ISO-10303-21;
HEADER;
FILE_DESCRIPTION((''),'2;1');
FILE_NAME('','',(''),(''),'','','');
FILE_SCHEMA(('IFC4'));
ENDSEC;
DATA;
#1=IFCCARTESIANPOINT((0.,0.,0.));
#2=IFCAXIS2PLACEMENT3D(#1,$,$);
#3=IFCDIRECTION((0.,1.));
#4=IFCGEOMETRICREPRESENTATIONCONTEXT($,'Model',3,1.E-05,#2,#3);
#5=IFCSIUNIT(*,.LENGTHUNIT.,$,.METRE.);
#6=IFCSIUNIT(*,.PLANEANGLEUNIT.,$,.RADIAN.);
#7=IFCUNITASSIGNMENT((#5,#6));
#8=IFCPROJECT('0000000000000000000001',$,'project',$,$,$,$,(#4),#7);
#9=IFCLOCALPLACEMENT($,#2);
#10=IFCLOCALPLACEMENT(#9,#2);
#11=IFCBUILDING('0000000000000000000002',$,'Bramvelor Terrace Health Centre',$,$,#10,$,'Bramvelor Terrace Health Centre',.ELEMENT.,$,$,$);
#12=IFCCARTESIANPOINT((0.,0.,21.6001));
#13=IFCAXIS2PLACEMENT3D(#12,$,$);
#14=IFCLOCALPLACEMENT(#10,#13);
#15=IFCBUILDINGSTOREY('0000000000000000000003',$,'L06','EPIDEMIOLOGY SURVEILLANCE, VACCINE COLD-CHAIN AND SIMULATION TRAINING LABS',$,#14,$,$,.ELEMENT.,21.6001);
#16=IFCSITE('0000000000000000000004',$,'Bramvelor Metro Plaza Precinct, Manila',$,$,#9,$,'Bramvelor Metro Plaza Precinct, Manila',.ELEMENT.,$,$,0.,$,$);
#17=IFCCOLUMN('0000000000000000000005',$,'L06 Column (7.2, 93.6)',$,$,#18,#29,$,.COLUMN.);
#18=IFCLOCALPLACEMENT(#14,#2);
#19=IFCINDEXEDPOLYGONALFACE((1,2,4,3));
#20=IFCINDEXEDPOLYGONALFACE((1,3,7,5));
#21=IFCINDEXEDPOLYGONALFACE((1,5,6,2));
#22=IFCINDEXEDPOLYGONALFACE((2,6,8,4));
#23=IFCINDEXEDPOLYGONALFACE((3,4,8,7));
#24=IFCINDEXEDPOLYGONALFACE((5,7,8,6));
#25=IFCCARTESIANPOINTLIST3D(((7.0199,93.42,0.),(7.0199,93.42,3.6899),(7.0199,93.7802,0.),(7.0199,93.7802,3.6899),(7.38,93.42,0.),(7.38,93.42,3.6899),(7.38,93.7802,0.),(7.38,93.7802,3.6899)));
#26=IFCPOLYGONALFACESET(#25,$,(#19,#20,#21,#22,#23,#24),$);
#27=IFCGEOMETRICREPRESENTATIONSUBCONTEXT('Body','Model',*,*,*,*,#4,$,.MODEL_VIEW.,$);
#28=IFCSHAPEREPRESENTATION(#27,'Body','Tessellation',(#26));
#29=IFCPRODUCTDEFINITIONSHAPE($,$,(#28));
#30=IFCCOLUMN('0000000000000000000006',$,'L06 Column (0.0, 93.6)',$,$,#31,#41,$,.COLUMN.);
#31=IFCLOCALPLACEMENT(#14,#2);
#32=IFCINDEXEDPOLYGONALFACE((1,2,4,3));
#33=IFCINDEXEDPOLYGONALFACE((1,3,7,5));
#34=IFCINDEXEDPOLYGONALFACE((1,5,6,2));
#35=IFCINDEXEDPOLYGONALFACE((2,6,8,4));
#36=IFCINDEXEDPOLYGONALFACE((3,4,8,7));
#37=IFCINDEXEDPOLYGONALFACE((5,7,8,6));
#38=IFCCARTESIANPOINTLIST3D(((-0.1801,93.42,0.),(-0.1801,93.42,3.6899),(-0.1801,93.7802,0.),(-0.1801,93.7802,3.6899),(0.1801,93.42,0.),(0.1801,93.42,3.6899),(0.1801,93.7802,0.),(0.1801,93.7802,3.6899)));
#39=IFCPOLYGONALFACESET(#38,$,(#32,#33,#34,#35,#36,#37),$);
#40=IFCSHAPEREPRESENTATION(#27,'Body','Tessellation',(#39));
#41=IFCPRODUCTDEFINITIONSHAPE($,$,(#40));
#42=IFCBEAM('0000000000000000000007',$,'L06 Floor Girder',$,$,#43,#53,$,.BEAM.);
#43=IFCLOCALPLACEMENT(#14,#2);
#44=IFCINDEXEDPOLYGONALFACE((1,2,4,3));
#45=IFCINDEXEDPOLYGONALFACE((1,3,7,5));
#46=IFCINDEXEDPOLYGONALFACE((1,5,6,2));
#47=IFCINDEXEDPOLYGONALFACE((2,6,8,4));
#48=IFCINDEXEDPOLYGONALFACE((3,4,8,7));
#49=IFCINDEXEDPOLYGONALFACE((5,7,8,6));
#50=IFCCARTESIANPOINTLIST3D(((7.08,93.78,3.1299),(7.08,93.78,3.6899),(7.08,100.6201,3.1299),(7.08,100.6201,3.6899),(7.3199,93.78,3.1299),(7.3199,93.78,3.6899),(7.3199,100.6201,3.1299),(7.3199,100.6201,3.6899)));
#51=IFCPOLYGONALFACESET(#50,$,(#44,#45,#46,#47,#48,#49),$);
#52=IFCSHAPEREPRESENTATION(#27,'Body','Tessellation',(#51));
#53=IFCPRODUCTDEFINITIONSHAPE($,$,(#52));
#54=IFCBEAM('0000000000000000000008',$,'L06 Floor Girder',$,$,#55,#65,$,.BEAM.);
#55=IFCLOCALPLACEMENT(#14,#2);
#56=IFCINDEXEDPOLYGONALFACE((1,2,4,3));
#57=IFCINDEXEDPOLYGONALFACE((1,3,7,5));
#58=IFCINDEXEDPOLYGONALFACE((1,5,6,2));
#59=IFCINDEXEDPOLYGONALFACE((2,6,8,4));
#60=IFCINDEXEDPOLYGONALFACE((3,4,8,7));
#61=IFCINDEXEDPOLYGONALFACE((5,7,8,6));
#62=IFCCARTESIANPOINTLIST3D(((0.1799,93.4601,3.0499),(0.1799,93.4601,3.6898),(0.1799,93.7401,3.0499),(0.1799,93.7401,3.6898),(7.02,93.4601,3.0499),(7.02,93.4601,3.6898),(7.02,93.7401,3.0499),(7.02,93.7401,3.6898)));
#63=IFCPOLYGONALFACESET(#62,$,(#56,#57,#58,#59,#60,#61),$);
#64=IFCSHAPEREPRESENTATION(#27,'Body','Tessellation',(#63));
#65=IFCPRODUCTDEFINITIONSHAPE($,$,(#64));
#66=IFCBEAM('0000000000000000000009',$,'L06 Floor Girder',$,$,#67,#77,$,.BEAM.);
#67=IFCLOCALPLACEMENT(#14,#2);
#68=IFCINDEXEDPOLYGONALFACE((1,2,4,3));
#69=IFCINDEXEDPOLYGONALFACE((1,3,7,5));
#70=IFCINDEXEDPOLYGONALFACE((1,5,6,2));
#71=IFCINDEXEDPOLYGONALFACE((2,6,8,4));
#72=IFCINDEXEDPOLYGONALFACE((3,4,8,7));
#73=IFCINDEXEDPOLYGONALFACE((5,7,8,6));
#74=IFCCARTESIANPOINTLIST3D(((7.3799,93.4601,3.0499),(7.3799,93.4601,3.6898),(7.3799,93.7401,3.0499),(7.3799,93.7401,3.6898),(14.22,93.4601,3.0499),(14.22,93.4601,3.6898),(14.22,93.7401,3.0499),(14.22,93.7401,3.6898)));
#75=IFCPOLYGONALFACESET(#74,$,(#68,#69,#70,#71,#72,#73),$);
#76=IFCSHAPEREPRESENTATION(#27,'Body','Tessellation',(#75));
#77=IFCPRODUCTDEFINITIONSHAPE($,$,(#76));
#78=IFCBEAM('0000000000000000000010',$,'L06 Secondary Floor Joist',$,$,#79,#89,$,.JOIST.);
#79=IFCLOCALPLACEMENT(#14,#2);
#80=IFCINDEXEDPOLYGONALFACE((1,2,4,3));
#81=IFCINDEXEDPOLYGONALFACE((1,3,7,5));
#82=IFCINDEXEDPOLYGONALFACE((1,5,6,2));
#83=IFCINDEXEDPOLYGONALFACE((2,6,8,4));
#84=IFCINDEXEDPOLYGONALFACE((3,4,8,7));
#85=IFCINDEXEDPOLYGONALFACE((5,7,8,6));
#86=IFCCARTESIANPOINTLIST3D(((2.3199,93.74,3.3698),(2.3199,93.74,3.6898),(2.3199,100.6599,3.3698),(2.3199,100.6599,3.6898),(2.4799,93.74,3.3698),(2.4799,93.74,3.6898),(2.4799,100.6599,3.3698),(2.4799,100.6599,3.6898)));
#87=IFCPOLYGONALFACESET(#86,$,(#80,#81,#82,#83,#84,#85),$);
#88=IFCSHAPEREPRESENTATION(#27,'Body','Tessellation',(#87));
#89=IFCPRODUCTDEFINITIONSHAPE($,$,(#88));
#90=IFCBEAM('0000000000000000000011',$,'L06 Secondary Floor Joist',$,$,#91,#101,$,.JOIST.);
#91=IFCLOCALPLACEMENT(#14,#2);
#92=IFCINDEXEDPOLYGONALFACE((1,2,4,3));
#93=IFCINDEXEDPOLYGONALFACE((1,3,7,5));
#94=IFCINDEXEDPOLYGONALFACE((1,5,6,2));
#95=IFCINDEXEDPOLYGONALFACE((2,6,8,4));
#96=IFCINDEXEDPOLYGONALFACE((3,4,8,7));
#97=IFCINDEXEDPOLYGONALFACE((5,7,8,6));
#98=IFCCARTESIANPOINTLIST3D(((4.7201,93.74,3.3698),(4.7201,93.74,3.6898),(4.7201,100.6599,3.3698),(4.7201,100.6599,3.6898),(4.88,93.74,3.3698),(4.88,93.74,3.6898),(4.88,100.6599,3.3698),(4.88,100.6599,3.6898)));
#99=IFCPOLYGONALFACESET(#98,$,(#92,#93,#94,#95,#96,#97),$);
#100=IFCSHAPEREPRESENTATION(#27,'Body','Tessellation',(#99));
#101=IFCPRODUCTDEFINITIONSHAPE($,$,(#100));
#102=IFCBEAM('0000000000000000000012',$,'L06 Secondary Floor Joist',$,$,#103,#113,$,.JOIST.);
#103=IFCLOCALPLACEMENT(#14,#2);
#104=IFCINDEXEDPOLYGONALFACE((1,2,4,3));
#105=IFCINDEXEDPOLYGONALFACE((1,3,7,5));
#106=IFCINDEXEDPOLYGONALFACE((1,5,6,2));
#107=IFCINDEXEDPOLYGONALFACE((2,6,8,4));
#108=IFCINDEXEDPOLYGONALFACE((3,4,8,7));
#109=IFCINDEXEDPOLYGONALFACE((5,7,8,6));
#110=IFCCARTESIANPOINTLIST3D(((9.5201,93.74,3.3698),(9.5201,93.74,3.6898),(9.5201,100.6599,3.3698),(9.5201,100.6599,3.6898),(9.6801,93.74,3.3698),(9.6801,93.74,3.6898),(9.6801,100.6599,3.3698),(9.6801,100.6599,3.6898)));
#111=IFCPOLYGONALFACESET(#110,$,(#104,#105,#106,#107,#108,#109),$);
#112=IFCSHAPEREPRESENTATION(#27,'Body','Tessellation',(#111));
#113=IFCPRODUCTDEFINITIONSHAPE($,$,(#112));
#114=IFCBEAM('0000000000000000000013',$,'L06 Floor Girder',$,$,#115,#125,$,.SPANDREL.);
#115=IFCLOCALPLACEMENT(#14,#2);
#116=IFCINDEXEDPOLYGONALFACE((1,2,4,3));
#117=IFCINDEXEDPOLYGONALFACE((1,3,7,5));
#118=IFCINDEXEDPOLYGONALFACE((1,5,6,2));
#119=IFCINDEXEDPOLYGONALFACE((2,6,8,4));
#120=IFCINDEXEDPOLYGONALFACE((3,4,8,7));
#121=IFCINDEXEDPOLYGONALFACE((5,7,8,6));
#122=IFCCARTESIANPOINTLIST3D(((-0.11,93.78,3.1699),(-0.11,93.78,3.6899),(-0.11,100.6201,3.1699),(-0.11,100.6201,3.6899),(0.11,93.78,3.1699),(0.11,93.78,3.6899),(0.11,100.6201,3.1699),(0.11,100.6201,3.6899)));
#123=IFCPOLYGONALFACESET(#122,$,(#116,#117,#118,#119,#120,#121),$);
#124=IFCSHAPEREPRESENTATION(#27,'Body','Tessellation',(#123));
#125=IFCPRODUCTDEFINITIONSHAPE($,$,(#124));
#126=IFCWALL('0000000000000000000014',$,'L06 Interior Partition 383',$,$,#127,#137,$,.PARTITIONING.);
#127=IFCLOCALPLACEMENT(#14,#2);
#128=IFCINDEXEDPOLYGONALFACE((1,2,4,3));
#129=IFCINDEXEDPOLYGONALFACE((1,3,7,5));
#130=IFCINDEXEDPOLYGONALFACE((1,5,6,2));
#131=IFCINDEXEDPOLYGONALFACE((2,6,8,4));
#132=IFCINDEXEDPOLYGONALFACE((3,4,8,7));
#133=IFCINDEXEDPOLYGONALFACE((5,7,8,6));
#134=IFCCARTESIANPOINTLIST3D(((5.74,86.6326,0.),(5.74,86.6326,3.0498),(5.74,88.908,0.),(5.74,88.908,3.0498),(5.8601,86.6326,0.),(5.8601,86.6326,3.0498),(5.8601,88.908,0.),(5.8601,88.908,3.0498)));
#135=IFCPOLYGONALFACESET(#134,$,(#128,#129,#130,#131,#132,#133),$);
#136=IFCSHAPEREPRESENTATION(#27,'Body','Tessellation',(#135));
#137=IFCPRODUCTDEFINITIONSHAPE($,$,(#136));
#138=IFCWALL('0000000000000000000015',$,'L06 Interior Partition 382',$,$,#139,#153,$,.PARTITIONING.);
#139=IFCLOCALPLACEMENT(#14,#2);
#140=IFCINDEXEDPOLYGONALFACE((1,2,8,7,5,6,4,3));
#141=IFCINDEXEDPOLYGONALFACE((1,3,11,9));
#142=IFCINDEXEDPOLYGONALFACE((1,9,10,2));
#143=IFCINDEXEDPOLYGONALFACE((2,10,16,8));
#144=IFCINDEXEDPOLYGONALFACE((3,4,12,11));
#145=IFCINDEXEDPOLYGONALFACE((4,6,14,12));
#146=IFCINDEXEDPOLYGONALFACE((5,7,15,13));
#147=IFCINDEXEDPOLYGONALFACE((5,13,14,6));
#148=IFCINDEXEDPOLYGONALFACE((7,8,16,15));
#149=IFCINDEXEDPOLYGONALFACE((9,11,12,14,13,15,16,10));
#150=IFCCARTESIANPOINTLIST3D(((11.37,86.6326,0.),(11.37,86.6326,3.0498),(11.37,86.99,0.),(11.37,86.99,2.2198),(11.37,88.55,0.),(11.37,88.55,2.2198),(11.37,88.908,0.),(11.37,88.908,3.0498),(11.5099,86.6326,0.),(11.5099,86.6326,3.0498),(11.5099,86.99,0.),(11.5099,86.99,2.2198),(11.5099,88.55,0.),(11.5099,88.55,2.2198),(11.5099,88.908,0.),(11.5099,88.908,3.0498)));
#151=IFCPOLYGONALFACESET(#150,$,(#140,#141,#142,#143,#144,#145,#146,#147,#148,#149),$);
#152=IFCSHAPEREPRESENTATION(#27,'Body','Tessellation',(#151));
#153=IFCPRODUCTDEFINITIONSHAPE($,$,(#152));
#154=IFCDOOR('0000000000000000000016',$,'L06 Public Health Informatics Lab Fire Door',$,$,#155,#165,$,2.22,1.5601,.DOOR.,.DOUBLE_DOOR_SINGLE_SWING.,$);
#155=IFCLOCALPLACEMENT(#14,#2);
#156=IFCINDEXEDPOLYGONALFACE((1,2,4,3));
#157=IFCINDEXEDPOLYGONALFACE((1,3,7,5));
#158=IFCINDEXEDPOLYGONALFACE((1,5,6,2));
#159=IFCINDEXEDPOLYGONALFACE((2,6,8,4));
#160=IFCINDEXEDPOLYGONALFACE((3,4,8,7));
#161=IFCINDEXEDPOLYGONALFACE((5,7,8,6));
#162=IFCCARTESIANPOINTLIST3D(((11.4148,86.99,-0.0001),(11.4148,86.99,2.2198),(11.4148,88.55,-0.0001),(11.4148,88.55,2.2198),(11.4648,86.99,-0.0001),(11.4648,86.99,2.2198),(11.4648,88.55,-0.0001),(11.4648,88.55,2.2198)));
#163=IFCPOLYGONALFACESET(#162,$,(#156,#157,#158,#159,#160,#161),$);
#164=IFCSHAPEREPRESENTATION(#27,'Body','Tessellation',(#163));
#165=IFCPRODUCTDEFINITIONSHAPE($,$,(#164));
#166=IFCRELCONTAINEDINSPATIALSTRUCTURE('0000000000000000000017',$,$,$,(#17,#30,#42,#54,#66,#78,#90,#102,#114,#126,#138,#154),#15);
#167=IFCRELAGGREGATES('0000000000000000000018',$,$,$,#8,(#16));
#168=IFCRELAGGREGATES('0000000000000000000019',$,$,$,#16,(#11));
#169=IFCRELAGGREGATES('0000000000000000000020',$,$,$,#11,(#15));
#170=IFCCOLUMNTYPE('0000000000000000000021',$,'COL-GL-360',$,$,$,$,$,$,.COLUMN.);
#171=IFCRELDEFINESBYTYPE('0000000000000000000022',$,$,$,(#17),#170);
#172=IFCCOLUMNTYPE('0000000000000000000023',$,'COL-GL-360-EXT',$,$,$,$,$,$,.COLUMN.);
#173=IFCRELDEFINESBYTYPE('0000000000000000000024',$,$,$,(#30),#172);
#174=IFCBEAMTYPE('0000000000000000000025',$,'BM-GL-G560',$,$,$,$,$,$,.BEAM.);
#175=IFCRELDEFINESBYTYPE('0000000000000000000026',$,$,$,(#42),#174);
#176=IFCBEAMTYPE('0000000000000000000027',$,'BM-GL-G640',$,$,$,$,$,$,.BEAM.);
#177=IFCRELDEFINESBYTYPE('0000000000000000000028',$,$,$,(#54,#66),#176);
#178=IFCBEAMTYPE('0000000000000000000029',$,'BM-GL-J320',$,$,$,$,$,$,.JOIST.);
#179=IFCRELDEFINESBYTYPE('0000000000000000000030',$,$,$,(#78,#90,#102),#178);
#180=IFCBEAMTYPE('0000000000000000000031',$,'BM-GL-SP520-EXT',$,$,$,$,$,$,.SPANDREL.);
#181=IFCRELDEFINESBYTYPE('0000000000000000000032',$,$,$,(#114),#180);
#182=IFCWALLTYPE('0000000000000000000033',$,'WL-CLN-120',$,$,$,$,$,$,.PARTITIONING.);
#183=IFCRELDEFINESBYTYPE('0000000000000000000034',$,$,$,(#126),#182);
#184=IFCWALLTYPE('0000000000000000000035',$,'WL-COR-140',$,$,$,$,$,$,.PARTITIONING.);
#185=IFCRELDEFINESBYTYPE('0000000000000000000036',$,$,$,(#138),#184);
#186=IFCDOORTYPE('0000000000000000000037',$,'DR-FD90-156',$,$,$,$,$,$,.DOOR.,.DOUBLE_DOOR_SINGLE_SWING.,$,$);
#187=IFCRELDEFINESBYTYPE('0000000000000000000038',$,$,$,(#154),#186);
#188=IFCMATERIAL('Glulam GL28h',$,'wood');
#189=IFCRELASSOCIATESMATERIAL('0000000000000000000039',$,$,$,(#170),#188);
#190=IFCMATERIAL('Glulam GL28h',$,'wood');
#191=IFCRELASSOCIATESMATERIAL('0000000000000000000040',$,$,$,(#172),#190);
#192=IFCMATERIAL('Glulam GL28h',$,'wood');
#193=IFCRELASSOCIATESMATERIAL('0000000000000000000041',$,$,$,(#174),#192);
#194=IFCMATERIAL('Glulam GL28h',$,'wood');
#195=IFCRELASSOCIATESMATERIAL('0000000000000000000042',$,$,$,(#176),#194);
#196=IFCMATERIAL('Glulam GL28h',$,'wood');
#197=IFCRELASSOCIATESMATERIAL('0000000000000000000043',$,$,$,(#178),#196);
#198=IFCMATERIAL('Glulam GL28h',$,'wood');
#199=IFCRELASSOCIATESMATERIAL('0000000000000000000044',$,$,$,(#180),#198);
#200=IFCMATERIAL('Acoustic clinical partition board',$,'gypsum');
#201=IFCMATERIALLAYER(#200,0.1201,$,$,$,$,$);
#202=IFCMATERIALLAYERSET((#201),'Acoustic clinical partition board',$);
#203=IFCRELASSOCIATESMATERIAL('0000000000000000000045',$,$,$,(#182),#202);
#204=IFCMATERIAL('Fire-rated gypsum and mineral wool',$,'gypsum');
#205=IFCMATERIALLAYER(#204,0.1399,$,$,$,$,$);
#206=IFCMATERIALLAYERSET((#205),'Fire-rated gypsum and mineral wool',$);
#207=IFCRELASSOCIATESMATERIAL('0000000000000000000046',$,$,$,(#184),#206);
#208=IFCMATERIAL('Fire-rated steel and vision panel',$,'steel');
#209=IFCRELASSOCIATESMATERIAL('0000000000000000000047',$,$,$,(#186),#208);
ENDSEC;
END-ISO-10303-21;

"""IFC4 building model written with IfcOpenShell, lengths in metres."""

from ifc_helpers import new_model, si_unit, direction, frame, frame_2d, origin, origin_2d, place, context, subcontext, project, spatial, rectangle, extrude, material, layer, layer_set, material_profile, profile_set, type_object, element, fill, save


model = new_model("IFC4")

# Units and contexts
model_context = context("Model", 3, precision=1e-05, world=origin(), true_north=direction((0.0, 1.0)))
body_context = subcontext(model_context, "Body", "Model", "MODEL_VIEW")
ifc_project = project(units=[si_unit("LENGTHUNIT", "METRE"), si_unit("PLANEANGLEUNIT", "RADIAN")], contexts=[model_context])

# Site, building, storey
site_placement = place(None, origin())
site = spatial("IfcSite", under=ifc_project, at=site_placement, Name="Bramvelor Metro Plaza Precinct, Manila", LongName="Bramvelor Metro Plaza Precinct, Manila", CompositionType="ELEMENT", RefElevation=0.0)
building_placement = place(site_placement, origin())
building = spatial("IfcBuilding", under=site, at=building_placement, Name="Bramvelor Terrace Health Centre", LongName="Bramvelor Terrace Health Centre", CompositionType="ELEMENT")
storey_placement = place(building_placement, frame((0.0, 0.0, 21.6001)))
storey = spatial("IfcBuildingStorey", under=building, at=storey_placement, Name="L06", Description="EPIDEMIOLOGY SURVEILLANCE, VACCINE COLD-CHAIN AND SIMULATION TRAINING LABS", CompositionType="ELEMENT", Elevation=21.6001)

# Columns
ifc_material_1 = material(Name="Glulam GL28h", Category="wood")
ifc_material_profile_1 = material_profile(ifc_material_1, rectangle(XDim=0.3601, YDim=0.3601, at=origin_2d()), Name="GL 360x360")
ifc_profile_set_1 = profile_set([ifc_material_profile_1], Name="Glulam GL28h")
column_type_1 = type_object("IfcColumnType", Name="COL-GL-360", PredefinedType="COLUMN", material=ifc_profile_set_1)
column_1_placement = place(storey_placement, frame((7.2, 93.6001, 0.0), z_axis=(0.0, 0.0, 1.0), x_axis=(1.0, 0.0, 0.0)))
element("IfcColumn", 1, at=column_1_placement, inside=storey, type_object=column_type_1, Name="L06 Column (7.2, 93.6)", PredefinedType="COLUMN", context=body_context, shape_type="SweptSolid", body=[
    extrude(rectangle(XDim=0.3601, YDim=0.3601, at=origin_2d()), origin(), (0.0, 0.0, 1.0), 3.6899),
])
ifc_material_2 = material(Name="Glulam GL28h", Category="wood")
ifc_material_profile_2 = material_profile(ifc_material_2, rectangle(XDim=0.3601, YDim=0.3601, at=origin_2d()), Name="GL 360x360")
ifc_profile_set_2 = profile_set([ifc_material_profile_2], Name="Glulam GL28h")
column_type_2 = type_object("IfcColumnType", Name="COL-GL-360-EXT", PredefinedType="COLUMN", material=ifc_profile_set_2)
column_2_placement = place(storey_placement, frame((0.0, 93.6001, 0.0), z_axis=(0.0, 0.0, 1.0), x_axis=(1.0, 0.0, 0.0)))
element("IfcColumn", 2, at=column_2_placement, inside=storey, type_object=column_type_2, Name="L06 Column (0.0, 93.6)", PredefinedType="COLUMN", context=body_context, shape_type="SweptSolid", body=[
    extrude(rectangle(XDim=0.3601, YDim=0.3601, at=origin_2d()), origin(), (0.0, 0.0, 1.0), 3.6899),
])

# Beams
ifc_material_3 = material(Name="Glulam GL28h", Category="wood")
ifc_material_profile_3 = material_profile(ifc_material_3, rectangle(XDim=0.24, YDim=0.5601, at=origin_2d()), Name="GL 240x560")
ifc_profile_set_3 = profile_set([ifc_material_profile_3], Name="Glulam GL28h")
beam_type_1 = type_object("IfcBeamType", Name="BM-GL-G560", PredefinedType="BEAM", material=ifc_profile_set_3)
beam_1_placement = place(storey_placement, frame((7.2, 93.78, 3.4099), z_axis=(0.0, 1.0, 0.0), x_axis=(-1.0, 0.0, 0.0)))
element("IfcBeam", 3, at=beam_1_placement, inside=storey, type_object=beam_type_1, Name="L06 Floor Girder", PredefinedType="BEAM", context=body_context, shape_type="SweptSolid", body=[
    extrude(rectangle(XDim=0.24, YDim=0.5601, at=origin_2d()), origin(), (0.0, 0.0, 1.0), 6.8401),
])
ifc_material_4 = material(Name="Glulam GL28h", Category="wood")
ifc_material_profile_4 = material_profile(ifc_material_4, rectangle(XDim=0.28, YDim=0.6399, at=origin_2d()), Name="GL 280x640")
ifc_profile_set_4 = profile_set([ifc_material_profile_4], Name="Glulam GL28h")
beam_type_2 = type_object("IfcBeamType", Name="BM-GL-G640", PredefinedType="BEAM", material=ifc_profile_set_4)
for number, where, z_axis, x_axis, name in (
    (4, (0.1799, 93.6001, 3.3699), (1.0, 0.0, 0.0), (0.0, 1.0, 0.0), "L06 Floor Girder"),
    (5, (7.3799, 93.6001, 3.3699), (1.0, 0.0, 0.0), (0.0, 1.0, 0.0), "L06 Floor Girder"),
):
    element("IfcBeam", number, at=place(storey_placement, frame(where, z_axis=z_axis, x_axis=x_axis)), inside=storey, type_object=beam_type_2, Name=name, PredefinedType="BEAM", context=body_context, shape_type="SweptSolid", body=[
        extrude(rectangle(XDim=0.28, YDim=0.6399, at=origin_2d()), origin(), (0.0, 0.0, 1.0), 6.8401),
    ])
ifc_material_5 = material(Name="Glulam GL28h", Category="wood")
ifc_material_profile_5 = material_profile(ifc_material_5, rectangle(XDim=0.1599, YDim=0.3201, at=origin_2d()), Name="GL 160x320")
ifc_profile_set_5 = profile_set([ifc_material_profile_5], Name="Glulam GL28h")
beam_type_3 = type_object("IfcBeamType", Name="BM-GL-J320", PredefinedType="JOIST", material=ifc_profile_set_5)
for number, where, z_axis, x_axis, name in (
    (6, (2.3999, 93.74, 3.5298), (0.0, 1.0, 0.0), (-1.0, 0.0, 0.0), "L06 Secondary Floor Joist"),
    (7, (4.8, 93.74, 3.5298), (0.0, 1.0, 0.0), (-1.0, 0.0, 0.0), "L06 Secondary Floor Joist"),
    (8, (9.6001, 93.74, 3.5298), (0.0, 1.0, 0.0), (-1.0, 0.0, 0.0), "L06 Secondary Floor Joist"),
):
    element("IfcBeam", number, at=place(storey_placement, frame(where, z_axis=z_axis, x_axis=x_axis)), inside=storey, type_object=beam_type_3, Name=name, PredefinedType="JOIST", context=body_context, shape_type="SweptSolid", body=[
        extrude(rectangle(XDim=0.1599, YDim=0.3201, at=origin_2d()), origin(), (0.0, 0.0, 1.0), 6.9199),
    ])
ifc_material_6 = material(Name="Glulam GL28h", Category="wood")
ifc_material_profile_6 = material_profile(ifc_material_6, rectangle(XDim=0.22, YDim=0.52, at=origin_2d()), Name="GL 220x520")
ifc_profile_set_6 = profile_set([ifc_material_profile_6], Name="Glulam GL28h")
beam_type_4 = type_object("IfcBeamType", Name="BM-GL-SP520-EXT", PredefinedType="SPANDREL", material=ifc_profile_set_6)
beam_2_placement = place(storey_placement, frame((0.0, 93.78, 3.4299), z_axis=(0.0, 1.0, 0.0), x_axis=(-1.0, 0.0, 0.0)))
element("IfcBeam", 9, at=beam_2_placement, inside=storey, type_object=beam_type_4, Name="L06 Floor Girder", PredefinedType="SPANDREL", context=body_context, shape_type="SweptSolid", body=[
    extrude(rectangle(XDim=0.22, YDim=0.52, at=origin_2d()), origin(), (0.0, 0.0, 1.0), 6.8401),
])

# Wall
ifc_material_7 = material(Name="Acoustic clinical partition board", Category="gypsum")
ifc_layer_1 = layer(ifc_material_7, 0.1201)
ifc_layer_set_1 = layer_set([ifc_layer_1], Name="Acoustic clinical partition board")
wall_type_1 = type_object("IfcWallType", Name="WL-CLN-120", PredefinedType="PARTITIONING", material=ifc_layer_set_1)
wall_1_placement = place(storey_placement, frame((5.8, 86.6326, 0.0), z_axis=(0.0, 0.0, 1.0), x_axis=(0.0, 1.0, 0.0)))
element("IfcWall", 10, at=wall_1_placement, inside=storey, type_object=wall_type_1, Name="L06 Interior Partition 383", PredefinedType="PARTITIONING", context=body_context, shape_type="SweptSolid", body=[
    extrude(rectangle(XDim=2.2754, YDim=0.1201, at=frame_2d((1.1377, 0.0))), origin(), (0.0, 0.0, 1.0), 3.0498),
])

# Wall, opening, door
ifc_material_8 = material(Name="Fire-rated gypsum and mineral wool", Category="gypsum")
ifc_layer_2 = layer(ifc_material_8, 0.1399)
ifc_layer_set_2 = layer_set([ifc_layer_2], Name="Fire-rated gypsum and mineral wool")
wall_type_2 = type_object("IfcWallType", Name="WL-COR-140", PredefinedType="PARTITIONING", material=ifc_layer_set_2)
wall_2_placement = place(storey_placement, frame((11.4399, 88.908, 0.0), z_axis=(0.0, 0.0, 1.0), x_axis=(0.0, -1.0, 0.0)))
wall_2 = element("IfcWall", 11, at=wall_2_placement, inside=storey, type_object=wall_type_2, Name="L06 Interior Partition 382", PredefinedType="PARTITIONING", context=body_context, shape_type="SweptSolid", body=[
    extrude(rectangle(XDim=2.2754, YDim=0.1399, at=frame_2d((1.1377, 0.0))), origin(), (0.0, 0.0, 1.0), 3.0498),
])
opening_1_placement = place(wall_2_placement, frame((0.3579, 0.0, 0.0)))
opening_1 = element("IfcOpeningElement", 12, at=opening_1_placement, cuts=wall_2, PredefinedType="OPENING", context=body_context, shape_type="SweptSolid", body=[
    extrude(rectangle(XDim=1.5601, YDim=2.22, at=frame_2d((0.78, 1.1099))), frame((0.0, 0.0798, 0.0), z_axis=(0.0, -1.0, 0.0), x_axis=(1.0, 0.0, 0.0)), (0.0, 0.0, 1.0), 0.1599),
])
ifc_material_9 = material(Name="Fire-rated steel and vision panel", Category="steel")
door_type = type_object("IfcDoorType", Name="DR-FD90-156", OperationType="DOUBLE_DOOR_SINGLE_SWING", PredefinedType="DOOR", material=ifc_material_9)
door_placement = place(opening_1_placement, origin())
door = element("IfcDoor", 13, at=door_placement, inside=storey, type_object=door_type, Name="L06 Public Health Informatics Lab Fire Door", OperationType="DOUBLE_DOOR_SINGLE_SWING", OverallHeight=2.22, OverallWidth=1.5601, PredefinedType="DOOR", context=body_context, shape_type="SweptSolid", body=[
    extrude(rectangle(XDim=1.5601, YDim=2.22, at=frame_2d((0.78, 1.1099))), frame((0.0, 0.0249, 0.0), z_axis=(0.0, -1.0, 0.0), x_axis=(1.0, 0.0, 0.0)), (0.0, 0.0, 1.0), 0.05),
])
fill(opening_1, door)

save(model, "model.ifc")
